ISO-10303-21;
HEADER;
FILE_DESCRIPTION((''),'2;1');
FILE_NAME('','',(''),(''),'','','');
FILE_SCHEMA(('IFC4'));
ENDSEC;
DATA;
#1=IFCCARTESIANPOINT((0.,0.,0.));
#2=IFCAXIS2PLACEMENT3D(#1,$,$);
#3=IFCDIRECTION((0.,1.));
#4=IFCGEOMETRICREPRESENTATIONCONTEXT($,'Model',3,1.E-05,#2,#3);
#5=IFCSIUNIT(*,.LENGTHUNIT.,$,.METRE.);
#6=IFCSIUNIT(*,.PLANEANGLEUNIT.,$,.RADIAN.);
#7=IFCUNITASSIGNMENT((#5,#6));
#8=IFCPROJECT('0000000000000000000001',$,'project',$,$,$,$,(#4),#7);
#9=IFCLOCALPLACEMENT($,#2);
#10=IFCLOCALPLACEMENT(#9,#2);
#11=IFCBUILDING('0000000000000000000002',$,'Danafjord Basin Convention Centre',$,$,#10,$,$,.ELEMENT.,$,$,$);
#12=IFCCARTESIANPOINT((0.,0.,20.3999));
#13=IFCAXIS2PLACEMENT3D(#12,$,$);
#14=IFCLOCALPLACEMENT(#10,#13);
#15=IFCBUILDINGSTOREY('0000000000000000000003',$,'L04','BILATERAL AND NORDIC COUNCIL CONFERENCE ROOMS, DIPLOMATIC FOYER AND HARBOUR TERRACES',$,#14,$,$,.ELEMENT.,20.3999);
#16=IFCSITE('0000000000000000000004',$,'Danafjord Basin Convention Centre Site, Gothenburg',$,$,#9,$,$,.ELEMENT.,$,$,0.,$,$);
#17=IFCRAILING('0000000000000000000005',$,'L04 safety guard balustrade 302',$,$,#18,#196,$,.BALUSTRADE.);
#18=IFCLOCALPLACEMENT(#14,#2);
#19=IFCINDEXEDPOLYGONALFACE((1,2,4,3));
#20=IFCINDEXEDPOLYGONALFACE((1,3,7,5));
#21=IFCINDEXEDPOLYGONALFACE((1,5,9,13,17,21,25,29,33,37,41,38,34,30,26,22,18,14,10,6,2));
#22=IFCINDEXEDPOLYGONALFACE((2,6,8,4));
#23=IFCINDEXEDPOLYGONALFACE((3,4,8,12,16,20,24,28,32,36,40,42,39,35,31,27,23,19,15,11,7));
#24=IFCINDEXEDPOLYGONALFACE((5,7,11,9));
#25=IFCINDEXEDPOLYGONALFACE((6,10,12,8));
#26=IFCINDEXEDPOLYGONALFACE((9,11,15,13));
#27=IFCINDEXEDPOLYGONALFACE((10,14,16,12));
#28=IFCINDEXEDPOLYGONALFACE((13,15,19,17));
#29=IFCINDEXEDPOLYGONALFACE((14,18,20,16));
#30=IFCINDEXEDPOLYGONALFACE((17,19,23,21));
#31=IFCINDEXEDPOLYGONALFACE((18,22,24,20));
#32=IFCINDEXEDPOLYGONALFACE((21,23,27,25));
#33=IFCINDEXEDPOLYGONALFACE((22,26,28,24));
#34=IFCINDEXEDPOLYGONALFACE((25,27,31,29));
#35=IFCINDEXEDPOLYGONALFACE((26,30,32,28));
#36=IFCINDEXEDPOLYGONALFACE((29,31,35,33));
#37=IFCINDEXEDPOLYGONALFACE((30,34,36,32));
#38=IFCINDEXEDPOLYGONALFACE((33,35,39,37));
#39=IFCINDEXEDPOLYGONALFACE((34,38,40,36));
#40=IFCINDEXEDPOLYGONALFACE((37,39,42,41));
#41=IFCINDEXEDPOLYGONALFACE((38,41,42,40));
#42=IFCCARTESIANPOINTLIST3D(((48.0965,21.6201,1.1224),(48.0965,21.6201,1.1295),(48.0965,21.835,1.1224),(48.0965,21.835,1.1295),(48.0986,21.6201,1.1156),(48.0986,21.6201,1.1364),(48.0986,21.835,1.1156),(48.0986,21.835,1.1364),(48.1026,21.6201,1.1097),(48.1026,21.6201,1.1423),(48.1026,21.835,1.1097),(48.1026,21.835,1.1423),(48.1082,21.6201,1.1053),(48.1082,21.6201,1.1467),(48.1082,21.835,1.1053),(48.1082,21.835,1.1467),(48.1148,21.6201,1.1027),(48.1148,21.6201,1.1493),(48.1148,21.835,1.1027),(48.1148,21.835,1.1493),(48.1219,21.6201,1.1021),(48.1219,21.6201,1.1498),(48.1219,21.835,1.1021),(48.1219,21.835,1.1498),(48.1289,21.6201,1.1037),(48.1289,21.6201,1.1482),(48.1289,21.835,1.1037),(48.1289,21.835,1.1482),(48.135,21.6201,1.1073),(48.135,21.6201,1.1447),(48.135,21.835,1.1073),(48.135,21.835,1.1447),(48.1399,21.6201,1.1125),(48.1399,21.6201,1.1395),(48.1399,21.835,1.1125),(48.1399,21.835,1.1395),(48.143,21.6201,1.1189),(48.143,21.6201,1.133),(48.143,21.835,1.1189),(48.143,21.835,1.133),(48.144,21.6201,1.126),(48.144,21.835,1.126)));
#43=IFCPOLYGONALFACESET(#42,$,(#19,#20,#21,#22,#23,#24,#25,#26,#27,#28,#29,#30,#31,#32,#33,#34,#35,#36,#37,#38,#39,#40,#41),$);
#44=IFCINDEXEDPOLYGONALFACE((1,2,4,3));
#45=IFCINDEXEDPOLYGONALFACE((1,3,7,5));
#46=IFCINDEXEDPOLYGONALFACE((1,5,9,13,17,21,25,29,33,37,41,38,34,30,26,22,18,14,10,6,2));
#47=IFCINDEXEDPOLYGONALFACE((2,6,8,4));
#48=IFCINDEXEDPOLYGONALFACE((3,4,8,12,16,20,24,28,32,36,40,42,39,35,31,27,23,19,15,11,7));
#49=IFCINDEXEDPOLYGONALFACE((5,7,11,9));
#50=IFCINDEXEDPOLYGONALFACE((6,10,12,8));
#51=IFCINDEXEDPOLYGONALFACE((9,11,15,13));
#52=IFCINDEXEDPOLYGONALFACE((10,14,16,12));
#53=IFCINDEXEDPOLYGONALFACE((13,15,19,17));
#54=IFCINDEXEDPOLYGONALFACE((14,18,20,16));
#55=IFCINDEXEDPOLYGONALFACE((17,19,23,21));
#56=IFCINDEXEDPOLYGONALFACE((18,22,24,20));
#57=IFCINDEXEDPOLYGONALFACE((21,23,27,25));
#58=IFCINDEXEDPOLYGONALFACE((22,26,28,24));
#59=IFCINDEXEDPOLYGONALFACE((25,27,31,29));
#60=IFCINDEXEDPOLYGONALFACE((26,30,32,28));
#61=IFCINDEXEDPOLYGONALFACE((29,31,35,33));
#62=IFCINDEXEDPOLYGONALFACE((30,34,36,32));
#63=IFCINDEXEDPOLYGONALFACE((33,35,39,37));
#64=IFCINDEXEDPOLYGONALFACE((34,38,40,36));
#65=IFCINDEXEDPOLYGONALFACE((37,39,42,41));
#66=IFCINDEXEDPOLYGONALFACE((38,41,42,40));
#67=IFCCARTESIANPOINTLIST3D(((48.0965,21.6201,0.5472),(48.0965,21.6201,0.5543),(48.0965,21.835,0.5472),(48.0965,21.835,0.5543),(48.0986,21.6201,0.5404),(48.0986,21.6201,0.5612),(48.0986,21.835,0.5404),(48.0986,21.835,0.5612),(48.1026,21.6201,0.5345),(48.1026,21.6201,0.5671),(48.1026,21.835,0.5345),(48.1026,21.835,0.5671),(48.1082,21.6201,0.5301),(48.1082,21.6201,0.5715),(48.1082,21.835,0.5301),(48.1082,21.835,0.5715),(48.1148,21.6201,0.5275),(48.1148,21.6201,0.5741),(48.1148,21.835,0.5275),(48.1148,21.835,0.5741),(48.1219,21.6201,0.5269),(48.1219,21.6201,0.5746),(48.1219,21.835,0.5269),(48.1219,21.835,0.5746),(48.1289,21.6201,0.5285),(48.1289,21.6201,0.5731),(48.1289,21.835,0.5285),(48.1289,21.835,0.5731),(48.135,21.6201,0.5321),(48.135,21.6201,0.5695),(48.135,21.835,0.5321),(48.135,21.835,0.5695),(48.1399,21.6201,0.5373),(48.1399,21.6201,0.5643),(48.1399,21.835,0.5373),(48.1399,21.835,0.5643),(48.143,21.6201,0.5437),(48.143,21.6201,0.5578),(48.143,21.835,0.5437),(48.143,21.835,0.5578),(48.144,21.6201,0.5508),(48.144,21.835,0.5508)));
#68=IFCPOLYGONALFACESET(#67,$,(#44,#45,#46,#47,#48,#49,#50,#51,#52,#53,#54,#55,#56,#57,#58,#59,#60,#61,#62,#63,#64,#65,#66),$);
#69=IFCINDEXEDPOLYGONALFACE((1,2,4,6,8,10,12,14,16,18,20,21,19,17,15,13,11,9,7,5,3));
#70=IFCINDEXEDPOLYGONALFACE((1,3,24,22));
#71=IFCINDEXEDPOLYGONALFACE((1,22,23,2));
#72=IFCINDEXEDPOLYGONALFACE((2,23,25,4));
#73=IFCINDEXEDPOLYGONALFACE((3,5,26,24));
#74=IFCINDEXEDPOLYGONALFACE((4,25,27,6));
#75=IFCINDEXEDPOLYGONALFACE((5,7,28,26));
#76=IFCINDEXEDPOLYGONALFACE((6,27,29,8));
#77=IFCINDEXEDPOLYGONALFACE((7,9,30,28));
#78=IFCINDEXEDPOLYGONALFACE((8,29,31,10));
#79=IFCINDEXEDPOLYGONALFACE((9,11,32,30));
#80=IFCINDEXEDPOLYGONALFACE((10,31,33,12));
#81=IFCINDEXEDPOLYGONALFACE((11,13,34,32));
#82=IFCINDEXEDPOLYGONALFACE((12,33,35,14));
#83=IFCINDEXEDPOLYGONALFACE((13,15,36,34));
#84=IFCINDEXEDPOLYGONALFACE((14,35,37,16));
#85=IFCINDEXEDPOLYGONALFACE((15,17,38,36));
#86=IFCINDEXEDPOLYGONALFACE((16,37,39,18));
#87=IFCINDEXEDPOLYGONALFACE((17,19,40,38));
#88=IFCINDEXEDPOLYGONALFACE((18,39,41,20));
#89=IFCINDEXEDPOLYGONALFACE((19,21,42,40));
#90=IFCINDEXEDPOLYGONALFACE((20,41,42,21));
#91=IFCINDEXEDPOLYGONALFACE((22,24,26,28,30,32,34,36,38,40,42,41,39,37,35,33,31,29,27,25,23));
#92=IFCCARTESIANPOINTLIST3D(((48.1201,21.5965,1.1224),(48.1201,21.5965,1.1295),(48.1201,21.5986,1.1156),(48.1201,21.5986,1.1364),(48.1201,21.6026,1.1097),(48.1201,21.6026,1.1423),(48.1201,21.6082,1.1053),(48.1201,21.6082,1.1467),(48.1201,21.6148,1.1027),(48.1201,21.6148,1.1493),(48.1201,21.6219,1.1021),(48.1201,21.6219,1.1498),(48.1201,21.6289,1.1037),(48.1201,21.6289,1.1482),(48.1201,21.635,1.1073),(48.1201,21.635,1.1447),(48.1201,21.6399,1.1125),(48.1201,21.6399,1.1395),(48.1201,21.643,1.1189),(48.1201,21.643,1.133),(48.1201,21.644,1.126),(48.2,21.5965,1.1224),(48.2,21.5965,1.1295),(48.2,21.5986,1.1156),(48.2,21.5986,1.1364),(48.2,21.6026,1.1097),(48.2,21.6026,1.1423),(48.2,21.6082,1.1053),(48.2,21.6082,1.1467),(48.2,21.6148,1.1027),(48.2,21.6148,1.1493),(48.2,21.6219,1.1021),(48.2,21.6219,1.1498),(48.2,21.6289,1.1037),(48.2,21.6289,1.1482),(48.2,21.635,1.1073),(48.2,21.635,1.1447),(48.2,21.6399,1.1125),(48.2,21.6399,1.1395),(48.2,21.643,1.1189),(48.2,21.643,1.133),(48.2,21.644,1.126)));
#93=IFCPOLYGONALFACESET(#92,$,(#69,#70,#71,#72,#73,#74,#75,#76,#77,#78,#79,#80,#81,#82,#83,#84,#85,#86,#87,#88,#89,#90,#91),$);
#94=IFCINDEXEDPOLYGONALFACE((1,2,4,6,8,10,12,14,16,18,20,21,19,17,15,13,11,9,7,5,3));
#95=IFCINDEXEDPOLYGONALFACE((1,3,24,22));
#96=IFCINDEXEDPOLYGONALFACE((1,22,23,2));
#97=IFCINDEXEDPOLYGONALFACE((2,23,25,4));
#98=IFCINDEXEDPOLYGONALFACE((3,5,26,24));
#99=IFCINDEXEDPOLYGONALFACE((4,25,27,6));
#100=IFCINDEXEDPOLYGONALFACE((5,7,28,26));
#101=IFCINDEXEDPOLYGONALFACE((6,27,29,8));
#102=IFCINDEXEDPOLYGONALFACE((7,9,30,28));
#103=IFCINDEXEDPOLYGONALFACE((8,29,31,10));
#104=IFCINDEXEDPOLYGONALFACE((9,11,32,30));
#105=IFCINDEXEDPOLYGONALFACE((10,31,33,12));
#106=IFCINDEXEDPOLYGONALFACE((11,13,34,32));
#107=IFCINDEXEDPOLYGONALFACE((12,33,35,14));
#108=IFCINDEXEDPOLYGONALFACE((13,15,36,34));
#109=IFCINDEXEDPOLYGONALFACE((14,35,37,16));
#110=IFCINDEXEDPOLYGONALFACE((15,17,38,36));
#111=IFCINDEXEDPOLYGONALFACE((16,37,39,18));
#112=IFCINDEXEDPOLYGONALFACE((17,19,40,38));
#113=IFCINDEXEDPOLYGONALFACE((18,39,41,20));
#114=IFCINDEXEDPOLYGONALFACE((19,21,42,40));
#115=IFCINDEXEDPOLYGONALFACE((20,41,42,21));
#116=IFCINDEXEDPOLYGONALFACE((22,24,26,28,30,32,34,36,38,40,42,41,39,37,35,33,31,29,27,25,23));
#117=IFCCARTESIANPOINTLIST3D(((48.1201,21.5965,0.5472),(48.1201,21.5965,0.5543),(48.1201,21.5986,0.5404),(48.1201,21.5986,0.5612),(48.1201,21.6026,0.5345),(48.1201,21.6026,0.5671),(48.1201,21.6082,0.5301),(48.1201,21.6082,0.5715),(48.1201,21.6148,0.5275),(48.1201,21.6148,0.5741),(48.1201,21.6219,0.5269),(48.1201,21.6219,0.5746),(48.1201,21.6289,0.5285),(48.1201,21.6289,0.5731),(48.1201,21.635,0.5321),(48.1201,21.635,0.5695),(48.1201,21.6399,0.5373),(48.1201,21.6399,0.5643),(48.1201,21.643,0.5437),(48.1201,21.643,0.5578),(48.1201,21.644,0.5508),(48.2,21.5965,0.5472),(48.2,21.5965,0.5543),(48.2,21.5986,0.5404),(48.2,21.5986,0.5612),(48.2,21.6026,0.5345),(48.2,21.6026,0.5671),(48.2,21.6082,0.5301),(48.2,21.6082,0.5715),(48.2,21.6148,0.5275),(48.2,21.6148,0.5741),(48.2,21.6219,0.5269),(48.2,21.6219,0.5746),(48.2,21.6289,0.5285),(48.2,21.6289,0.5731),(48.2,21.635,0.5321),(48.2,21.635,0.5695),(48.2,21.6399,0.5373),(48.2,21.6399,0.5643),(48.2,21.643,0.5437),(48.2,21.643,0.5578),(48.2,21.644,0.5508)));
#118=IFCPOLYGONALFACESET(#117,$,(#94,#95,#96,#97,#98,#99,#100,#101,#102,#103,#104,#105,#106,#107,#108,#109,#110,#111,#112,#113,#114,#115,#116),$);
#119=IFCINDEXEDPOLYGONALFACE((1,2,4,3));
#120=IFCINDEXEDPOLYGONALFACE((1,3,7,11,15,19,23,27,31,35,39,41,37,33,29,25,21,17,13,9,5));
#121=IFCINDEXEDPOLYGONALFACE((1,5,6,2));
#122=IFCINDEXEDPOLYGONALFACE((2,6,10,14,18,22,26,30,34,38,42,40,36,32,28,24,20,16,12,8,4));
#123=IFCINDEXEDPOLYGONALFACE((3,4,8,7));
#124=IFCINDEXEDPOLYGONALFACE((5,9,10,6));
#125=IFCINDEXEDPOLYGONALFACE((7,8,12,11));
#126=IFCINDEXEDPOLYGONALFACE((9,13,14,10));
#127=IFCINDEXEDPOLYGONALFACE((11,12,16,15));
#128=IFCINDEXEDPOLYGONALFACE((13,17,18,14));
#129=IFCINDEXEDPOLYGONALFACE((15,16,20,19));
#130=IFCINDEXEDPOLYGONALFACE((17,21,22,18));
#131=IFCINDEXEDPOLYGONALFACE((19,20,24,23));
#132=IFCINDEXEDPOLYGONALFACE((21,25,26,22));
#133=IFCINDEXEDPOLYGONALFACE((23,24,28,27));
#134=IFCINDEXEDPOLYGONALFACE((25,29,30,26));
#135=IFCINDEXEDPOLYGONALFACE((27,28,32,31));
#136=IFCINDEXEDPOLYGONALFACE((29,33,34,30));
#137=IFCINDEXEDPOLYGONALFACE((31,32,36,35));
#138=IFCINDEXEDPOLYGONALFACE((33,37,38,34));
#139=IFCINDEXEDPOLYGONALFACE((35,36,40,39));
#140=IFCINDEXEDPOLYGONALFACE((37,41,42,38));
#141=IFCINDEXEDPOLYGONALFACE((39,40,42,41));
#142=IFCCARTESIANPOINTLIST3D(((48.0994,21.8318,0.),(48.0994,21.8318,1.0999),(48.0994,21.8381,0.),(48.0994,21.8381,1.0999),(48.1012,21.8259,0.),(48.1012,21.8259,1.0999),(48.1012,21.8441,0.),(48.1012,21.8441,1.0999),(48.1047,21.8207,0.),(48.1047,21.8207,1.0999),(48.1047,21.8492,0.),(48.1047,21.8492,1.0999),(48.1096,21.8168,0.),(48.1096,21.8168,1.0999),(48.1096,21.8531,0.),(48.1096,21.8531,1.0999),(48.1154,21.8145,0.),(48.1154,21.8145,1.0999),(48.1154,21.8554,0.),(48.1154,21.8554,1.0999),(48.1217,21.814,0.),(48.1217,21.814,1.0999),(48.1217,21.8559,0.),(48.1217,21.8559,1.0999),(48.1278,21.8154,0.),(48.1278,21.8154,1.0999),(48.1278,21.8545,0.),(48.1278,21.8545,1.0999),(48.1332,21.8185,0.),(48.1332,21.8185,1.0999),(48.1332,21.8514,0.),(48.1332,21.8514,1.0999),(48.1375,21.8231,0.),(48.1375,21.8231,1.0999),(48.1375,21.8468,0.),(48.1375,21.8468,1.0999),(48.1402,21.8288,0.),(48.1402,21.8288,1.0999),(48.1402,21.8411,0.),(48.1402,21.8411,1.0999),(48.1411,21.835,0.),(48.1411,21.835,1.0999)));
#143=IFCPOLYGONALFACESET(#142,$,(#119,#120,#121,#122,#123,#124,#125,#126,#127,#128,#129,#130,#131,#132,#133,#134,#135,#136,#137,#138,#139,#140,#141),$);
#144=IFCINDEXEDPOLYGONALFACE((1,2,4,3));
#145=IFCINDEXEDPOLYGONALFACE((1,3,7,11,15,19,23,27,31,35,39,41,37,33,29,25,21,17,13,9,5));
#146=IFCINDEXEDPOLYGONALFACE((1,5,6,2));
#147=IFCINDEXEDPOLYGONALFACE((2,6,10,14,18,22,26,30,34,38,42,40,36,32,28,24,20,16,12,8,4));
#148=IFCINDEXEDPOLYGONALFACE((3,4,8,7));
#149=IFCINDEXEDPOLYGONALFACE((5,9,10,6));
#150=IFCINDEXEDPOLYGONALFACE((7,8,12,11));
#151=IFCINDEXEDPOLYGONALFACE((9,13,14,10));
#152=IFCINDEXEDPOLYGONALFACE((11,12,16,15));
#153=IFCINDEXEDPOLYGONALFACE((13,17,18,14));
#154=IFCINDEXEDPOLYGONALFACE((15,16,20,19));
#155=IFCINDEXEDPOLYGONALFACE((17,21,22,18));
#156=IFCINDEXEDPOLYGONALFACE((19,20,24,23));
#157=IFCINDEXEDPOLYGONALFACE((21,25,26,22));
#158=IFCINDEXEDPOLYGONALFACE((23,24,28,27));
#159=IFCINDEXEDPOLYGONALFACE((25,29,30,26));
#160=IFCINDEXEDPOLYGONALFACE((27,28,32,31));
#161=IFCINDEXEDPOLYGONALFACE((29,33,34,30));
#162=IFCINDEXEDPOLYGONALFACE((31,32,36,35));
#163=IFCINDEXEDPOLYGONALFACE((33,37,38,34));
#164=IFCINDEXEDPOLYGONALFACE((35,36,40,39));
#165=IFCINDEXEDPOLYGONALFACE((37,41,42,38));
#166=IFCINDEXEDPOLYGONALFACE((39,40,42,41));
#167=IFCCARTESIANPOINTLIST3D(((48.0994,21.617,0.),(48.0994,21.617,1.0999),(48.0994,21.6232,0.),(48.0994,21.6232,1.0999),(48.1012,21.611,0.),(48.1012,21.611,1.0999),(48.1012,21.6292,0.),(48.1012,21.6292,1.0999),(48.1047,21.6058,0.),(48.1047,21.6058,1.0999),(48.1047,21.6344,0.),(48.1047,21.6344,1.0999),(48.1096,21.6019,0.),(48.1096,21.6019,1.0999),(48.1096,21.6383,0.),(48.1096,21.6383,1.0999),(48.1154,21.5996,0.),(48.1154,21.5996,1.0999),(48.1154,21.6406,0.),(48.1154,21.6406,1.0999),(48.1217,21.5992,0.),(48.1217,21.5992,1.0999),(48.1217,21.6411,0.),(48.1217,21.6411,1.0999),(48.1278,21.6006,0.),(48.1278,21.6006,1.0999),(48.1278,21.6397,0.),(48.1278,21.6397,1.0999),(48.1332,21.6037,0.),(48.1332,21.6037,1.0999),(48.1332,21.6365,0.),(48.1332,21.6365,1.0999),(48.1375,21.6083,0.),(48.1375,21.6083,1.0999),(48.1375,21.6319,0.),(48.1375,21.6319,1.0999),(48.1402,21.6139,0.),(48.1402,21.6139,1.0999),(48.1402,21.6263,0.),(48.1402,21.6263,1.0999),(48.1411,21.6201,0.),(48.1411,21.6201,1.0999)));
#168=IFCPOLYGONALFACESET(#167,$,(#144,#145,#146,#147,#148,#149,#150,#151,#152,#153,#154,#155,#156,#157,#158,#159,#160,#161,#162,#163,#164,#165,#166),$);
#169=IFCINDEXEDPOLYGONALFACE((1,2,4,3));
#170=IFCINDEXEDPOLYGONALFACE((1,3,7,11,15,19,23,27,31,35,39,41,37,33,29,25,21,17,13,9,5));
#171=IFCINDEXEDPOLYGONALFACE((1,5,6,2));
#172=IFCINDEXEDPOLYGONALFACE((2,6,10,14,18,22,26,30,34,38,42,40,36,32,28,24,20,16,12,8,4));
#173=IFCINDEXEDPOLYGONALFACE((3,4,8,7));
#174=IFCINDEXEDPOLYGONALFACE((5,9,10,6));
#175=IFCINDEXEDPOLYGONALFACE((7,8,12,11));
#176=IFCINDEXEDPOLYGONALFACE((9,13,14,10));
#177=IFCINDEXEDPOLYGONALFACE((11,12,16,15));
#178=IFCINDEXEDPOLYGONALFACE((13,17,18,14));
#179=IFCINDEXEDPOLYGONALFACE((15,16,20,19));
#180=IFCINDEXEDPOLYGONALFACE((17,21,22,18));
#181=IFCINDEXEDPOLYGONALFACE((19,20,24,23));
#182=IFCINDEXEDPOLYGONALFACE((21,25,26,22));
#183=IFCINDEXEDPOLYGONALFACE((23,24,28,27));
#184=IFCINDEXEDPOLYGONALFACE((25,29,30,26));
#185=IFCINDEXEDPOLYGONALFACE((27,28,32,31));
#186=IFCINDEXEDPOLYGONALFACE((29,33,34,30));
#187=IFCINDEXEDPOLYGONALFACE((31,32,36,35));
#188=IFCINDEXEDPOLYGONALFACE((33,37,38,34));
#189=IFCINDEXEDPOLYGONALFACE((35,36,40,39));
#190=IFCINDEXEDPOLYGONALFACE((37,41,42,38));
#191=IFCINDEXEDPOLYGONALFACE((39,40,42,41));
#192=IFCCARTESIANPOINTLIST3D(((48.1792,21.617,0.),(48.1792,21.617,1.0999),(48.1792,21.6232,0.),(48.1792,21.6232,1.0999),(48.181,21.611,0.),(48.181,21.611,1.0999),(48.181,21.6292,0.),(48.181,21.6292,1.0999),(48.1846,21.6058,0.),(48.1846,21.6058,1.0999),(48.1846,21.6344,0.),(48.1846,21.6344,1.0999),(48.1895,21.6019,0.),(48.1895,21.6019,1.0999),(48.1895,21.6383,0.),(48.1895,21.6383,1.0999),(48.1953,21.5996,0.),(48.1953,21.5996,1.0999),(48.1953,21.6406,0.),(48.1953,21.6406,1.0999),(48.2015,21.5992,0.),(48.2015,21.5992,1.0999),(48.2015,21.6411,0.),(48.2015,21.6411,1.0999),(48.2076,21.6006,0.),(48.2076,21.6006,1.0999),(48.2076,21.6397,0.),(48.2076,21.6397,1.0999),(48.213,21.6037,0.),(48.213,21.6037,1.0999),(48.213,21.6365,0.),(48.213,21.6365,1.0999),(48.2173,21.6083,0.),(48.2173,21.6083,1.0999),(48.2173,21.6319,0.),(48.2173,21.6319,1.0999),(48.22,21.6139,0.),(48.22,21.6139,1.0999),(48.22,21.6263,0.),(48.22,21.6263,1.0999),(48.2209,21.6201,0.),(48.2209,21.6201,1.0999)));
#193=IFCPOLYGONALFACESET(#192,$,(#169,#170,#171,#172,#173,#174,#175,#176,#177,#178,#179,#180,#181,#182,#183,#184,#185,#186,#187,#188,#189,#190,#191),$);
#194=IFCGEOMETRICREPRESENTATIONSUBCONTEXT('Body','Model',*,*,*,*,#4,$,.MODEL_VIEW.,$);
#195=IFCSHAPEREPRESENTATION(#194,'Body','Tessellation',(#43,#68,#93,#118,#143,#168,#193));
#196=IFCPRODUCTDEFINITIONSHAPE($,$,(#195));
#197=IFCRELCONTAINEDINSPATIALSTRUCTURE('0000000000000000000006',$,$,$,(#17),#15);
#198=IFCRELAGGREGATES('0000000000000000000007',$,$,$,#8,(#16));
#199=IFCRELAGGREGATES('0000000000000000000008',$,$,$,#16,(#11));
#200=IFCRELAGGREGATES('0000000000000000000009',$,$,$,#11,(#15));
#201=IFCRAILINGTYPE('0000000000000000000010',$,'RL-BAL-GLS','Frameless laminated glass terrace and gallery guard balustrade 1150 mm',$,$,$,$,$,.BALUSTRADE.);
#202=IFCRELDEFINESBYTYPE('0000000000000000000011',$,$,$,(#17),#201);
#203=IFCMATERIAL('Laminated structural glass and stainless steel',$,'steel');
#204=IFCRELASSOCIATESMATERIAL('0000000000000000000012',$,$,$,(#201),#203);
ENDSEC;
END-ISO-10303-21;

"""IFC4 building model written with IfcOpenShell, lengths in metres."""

from ifc_helpers import new_model, si_unit, direction, frame, origin, origin_2d, place, context, subcontext, project, spatial, circle, extrude, material, type_object, element, save


model = new_model("IFC4")

# Units and contexts
model_context = context("Model", 3, precision=1e-05, world=origin(), true_north=direction((0.0, 1.0)))
body_context = subcontext(model_context, "Body", "Model", "MODEL_VIEW")
ifc_project = project(units=[si_unit("LENGTHUNIT", "METRE"), si_unit("PLANEANGLEUNIT", "RADIAN")], contexts=[model_context])

# Site, building, storey
site_placement = place(None, origin())
site = spatial("IfcSite", under=ifc_project, at=site_placement, Name="Danafjord Basin Convention Centre Site, Gothenburg", CompositionType="ELEMENT", RefElevation=0.0)
building_placement = place(site_placement, origin())
building = spatial("IfcBuilding", under=site, at=building_placement, Name="Danafjord Basin Convention Centre", CompositionType="ELEMENT")
storey_placement = place(building_placement, frame((0.0, 0.0, 20.3999)))
storey = spatial("IfcBuildingStorey", under=building, at=storey_placement, Name="L04", Description="BILATERAL AND NORDIC COUNCIL CONFERENCE ROOMS, DIPLOMATIC FOYER AND HARBOUR TERRACES", CompositionType="ELEMENT", Elevation=20.3999)

# Railing
ifc_material_1 = material(Name="Laminated structural glass and stainless steel", Category="steel")
railing_type_1 = type_object("IfcRailingType", Name="RL-BAL-GLS", Description="Frameless laminated glass terrace and gallery guard balustrade 1150 mm", PredefinedType="BALUSTRADE", material=ifc_material_1)
railing_1_placement = place(storey_placement, frame((48.1201, 21.835, 0.0)))
element("IfcRailing", 1, at=railing_1_placement, inside=storey, type_object=railing_type_1, Name="L04 safety guard balustrade 302", PredefinedType="BALUSTRADE", context=body_context, shape_type="SweptSolid", body=[
    extrude(circle(Radius=0.0239, at=origin_2d()), frame((0.0, 0.0, 1.126), z_axis=(0.0, -1.0, 0.0), x_axis=(1.0, 0.0, 0.0)), (0.0, 0.0, 1.0), 0.2148),
    extrude(circle(Radius=0.0239, at=origin_2d()), frame((0.0, 0.0, 0.5508), z_axis=(0.0, -1.0, 0.0), x_axis=(1.0, 0.0, 0.0)), (0.0, 0.0, 1.0), 0.2148),
    extrude(circle(Radius=0.0239, at=origin_2d()), frame((0.0, -0.2148, 1.126), z_axis=(1.0, 0.0, 0.0), x_axis=(0.0, 1.0, 0.0)), (0.0, 0.0, 1.0), 0.0798),
    extrude(circle(Radius=0.0239, at=origin_2d()), frame((0.0, -0.2148, 0.5508), z_axis=(1.0, 0.0, 0.0), x_axis=(0.0, 1.0, 0.0)), (0.0, 0.0, 1.0), 0.0798),
    extrude(circle(Radius=0.021, at=origin_2d()), origin(), (0.0, 0.0, 1.0), 1.0999),
    extrude(circle(Radius=0.021, at=origin_2d()), frame((0.0, -0.2148, 0.0)), (0.0, 0.0, 1.0), 1.0999),
    extrude(circle(Radius=0.021, at=origin_2d()), frame((0.0798, -0.2148, 0.0)), (0.0, 0.0, 1.0), 1.0999),
])

save(model, "model.ifc")
